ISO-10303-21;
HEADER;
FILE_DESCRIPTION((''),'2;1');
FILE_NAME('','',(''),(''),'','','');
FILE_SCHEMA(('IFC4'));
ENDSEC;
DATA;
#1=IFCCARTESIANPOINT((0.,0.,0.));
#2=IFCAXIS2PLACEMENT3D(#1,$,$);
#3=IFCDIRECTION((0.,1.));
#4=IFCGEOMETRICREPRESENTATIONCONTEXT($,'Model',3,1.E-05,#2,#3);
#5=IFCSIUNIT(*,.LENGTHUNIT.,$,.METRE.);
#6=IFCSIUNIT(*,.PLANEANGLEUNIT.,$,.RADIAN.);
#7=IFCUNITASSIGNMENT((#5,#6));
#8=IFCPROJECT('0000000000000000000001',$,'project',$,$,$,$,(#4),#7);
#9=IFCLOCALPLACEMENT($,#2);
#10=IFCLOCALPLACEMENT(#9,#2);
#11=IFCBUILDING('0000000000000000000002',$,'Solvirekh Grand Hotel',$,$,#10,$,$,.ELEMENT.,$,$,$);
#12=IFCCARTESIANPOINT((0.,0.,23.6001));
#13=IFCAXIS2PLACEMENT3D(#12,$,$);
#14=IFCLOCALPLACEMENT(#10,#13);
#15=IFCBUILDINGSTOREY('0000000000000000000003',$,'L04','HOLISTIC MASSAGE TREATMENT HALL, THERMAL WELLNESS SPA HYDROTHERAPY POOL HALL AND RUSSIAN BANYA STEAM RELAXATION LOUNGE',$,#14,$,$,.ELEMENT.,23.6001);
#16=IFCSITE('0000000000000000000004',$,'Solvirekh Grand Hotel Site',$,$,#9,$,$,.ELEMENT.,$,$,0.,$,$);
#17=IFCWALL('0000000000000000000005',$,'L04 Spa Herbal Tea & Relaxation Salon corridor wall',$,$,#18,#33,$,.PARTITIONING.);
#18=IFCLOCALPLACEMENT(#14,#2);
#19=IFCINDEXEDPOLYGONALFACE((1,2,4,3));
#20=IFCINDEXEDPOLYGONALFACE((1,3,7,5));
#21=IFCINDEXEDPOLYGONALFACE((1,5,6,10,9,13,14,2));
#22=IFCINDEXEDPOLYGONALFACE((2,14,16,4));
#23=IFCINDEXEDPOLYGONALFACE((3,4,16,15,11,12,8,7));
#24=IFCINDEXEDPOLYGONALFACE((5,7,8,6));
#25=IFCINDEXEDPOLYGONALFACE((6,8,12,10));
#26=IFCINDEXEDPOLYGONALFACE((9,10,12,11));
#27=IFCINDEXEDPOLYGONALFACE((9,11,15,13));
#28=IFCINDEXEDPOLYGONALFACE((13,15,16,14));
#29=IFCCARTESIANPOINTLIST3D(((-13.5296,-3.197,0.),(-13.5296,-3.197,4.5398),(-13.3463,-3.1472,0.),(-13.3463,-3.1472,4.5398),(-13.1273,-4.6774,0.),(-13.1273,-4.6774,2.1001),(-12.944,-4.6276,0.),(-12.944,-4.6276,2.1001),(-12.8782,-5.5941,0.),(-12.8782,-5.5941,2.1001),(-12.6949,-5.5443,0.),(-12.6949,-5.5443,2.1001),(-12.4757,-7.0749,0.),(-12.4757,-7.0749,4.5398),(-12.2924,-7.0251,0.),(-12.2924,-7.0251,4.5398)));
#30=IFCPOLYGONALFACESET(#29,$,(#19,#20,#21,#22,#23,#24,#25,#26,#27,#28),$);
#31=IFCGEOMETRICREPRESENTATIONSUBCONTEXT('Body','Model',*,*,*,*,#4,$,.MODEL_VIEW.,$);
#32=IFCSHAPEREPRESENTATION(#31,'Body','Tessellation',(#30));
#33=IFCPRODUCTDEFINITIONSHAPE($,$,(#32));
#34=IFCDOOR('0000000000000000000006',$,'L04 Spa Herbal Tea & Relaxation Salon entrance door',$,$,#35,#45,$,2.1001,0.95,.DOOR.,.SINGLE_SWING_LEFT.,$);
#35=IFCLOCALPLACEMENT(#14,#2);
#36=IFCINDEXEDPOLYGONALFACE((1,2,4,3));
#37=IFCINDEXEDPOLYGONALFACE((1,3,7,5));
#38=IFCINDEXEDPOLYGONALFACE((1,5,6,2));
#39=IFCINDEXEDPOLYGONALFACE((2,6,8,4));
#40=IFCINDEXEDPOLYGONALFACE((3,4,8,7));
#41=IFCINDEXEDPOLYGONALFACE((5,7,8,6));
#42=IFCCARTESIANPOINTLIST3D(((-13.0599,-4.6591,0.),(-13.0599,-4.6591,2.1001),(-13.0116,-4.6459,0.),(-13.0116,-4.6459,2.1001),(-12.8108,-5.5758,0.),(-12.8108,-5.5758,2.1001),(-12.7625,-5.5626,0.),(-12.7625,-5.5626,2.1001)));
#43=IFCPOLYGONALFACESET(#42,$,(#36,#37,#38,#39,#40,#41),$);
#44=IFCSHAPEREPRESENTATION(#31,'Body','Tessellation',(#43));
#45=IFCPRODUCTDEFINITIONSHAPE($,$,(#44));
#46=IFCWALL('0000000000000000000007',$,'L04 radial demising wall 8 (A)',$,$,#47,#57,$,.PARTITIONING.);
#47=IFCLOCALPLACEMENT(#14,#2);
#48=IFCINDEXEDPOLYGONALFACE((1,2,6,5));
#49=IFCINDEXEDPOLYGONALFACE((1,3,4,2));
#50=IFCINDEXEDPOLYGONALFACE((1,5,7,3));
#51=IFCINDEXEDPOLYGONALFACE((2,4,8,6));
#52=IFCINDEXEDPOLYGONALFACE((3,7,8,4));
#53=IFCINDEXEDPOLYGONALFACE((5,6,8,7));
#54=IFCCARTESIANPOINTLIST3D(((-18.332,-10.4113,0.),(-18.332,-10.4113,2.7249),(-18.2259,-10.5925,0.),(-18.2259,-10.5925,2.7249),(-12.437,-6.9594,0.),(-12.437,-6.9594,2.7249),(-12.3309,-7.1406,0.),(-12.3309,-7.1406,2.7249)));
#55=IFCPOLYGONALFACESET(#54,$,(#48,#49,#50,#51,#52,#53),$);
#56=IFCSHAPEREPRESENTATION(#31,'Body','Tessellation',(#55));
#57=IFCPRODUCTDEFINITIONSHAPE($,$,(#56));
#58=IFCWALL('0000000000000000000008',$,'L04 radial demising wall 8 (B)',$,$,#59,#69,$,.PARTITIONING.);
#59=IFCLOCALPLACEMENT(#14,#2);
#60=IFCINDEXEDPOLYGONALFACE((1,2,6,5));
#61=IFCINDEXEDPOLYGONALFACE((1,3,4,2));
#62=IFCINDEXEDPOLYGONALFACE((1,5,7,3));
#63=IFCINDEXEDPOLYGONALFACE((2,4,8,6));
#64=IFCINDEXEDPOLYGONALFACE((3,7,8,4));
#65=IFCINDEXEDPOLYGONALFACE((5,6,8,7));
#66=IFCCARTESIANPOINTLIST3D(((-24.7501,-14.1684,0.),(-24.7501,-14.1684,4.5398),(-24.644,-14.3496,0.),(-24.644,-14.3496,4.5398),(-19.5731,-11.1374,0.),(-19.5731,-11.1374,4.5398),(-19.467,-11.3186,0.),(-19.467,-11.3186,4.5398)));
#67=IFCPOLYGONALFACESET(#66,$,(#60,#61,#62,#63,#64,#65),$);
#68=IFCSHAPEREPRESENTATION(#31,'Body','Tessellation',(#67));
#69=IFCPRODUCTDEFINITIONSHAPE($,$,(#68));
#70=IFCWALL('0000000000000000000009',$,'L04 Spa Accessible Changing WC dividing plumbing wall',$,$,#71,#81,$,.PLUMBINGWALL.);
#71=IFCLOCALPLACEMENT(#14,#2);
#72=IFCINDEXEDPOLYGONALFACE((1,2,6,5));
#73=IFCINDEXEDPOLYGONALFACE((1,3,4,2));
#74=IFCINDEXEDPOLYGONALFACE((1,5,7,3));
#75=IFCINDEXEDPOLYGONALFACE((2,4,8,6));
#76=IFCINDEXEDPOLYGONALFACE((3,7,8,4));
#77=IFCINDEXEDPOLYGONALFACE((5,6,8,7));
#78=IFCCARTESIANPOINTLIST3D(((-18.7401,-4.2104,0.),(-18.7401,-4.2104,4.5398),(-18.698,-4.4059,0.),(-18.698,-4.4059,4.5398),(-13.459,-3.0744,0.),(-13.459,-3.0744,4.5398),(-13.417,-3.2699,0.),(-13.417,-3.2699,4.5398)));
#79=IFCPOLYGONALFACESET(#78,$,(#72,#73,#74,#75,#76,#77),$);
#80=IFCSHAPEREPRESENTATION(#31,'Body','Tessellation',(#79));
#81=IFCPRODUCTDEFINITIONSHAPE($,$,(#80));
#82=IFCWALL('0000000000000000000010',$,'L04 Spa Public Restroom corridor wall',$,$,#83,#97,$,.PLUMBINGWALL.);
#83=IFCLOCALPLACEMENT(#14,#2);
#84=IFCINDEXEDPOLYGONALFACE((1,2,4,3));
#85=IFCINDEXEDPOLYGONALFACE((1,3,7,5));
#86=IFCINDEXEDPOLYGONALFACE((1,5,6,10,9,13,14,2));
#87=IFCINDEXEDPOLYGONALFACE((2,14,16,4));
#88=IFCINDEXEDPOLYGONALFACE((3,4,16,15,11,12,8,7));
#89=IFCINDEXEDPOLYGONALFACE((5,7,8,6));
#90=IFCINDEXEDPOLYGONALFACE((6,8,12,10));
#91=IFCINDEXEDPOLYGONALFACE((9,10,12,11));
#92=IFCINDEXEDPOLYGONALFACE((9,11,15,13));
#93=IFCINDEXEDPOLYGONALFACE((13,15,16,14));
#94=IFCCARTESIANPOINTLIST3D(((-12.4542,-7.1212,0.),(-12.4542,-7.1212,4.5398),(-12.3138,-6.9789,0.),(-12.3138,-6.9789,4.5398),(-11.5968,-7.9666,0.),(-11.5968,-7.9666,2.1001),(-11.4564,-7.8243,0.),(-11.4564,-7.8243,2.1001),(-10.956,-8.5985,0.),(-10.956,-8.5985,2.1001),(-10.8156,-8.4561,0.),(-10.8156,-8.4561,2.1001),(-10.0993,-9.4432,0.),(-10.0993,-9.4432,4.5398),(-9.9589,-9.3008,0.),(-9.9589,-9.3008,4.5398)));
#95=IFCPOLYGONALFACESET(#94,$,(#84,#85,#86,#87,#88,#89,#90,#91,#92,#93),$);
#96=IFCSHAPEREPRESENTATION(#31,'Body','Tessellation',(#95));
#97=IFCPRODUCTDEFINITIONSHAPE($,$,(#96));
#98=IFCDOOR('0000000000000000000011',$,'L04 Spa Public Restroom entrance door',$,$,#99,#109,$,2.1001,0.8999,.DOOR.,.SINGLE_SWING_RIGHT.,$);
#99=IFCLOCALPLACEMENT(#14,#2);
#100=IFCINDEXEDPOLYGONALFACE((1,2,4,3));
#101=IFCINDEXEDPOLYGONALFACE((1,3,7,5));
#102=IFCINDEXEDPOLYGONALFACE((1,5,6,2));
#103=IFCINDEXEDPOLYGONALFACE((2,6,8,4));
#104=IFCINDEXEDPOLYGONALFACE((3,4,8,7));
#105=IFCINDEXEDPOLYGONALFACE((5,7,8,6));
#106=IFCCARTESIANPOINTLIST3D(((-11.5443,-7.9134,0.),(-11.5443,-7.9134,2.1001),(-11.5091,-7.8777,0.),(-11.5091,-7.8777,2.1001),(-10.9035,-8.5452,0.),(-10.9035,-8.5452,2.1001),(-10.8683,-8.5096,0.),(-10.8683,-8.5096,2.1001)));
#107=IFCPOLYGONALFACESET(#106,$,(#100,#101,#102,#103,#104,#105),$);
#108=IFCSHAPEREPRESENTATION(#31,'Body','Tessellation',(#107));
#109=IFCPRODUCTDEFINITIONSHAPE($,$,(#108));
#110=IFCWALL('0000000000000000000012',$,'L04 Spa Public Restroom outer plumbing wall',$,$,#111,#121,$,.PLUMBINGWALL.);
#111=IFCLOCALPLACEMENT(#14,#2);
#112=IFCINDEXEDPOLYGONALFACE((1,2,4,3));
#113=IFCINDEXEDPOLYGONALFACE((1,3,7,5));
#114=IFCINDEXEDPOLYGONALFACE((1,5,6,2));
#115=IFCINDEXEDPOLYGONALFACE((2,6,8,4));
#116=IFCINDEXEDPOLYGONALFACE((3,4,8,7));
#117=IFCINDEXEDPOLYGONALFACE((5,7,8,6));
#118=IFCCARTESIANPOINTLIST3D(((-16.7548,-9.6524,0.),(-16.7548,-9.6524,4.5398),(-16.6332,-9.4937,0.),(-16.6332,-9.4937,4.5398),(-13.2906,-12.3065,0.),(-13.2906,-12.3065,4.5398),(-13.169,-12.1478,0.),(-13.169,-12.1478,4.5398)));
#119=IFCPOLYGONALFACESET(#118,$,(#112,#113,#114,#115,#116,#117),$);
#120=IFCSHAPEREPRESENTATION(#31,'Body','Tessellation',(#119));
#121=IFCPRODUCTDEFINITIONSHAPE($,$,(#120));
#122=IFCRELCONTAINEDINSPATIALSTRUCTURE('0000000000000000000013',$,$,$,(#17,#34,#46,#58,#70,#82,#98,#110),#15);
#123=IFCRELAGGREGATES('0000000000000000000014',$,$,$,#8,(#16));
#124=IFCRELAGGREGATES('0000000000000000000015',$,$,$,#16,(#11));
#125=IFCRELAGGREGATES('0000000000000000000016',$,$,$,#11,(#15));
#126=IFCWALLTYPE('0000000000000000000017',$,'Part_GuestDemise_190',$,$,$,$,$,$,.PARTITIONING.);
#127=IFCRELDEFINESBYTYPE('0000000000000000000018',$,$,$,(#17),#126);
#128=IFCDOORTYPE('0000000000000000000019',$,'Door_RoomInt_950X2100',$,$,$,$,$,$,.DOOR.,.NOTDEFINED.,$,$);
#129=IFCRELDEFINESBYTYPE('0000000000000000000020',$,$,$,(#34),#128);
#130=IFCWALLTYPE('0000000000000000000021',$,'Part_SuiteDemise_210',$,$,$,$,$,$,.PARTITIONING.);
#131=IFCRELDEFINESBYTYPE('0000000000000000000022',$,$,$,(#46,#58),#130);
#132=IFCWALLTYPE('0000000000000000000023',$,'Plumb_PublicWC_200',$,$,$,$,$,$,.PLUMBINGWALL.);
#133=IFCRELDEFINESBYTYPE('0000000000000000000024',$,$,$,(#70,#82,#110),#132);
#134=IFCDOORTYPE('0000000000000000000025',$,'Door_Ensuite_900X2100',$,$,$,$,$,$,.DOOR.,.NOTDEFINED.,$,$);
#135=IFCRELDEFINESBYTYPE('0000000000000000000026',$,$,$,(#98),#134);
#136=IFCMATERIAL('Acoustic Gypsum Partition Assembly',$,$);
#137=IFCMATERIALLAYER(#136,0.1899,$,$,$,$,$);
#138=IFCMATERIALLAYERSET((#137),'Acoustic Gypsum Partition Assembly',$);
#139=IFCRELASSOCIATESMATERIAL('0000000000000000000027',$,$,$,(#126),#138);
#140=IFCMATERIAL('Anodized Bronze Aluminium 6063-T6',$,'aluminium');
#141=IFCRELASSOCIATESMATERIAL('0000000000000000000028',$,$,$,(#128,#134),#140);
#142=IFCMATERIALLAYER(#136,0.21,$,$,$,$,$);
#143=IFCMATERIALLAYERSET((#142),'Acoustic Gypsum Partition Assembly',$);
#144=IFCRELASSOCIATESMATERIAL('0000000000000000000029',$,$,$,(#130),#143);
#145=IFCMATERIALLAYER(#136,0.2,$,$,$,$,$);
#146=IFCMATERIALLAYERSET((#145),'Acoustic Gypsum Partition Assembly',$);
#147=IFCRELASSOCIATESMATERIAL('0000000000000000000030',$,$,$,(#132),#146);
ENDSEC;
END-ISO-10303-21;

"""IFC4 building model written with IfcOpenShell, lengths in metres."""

from ifc_helpers import new_model, si_unit, direction, frame, frame_2d, origin, place, context, subcontext, project, spatial, rectangle, extrude, material, layer, layer_set, type_object, element, fill, save


model = new_model("IFC4")

# Units and contexts
model_context = context("Model", 3, precision=1e-05, world=origin(), true_north=direction((0.0, 1.0)))
body_context = subcontext(model_context, "Body", "Model", "MODEL_VIEW")
ifc_project = project(units=[si_unit("LENGTHUNIT", "METRE"), si_unit("PLANEANGLEUNIT", "RADIAN")], contexts=[model_context])

# Site, building, storey
site_placement = place(None, origin())
site = spatial("IfcSite", under=ifc_project, at=site_placement, Name="Solvirekh Grand Hotel Site", CompositionType="ELEMENT", RefElevation=0.0)
building_placement = place(site_placement, origin())
building = spatial("IfcBuilding", under=site, at=building_placement, Name="Solvirekh Grand Hotel", CompositionType="ELEMENT")
storey_placement = place(building_placement, frame((0.0, 0.0, 23.6001)))
storey = spatial("IfcBuildingStorey", under=building, at=storey_placement, Name="L04", Description="HOLISTIC MASSAGE TREATMENT HALL, THERMAL WELLNESS SPA HYDROTHERAPY POOL HALL AND RUSSIAN BANYA STEAM RELAXATION LOUNGE", CompositionType="ELEMENT", Elevation=23.6001)

# Shared definitions
ifc_material_1 = material(Name="Anodized Bronze Aluminium 6063-T6", Category="aluminium")

# Wall, opening, door
ifc_material_2 = material(Name="Acoustic Gypsum Partition Assembly")
ifc_layer_1 = layer(ifc_material_2, 0.1899)
ifc_layer_set_1 = layer_set([ifc_layer_1], Name="Acoustic Gypsum Partition Assembly")
wall_type_1 = type_object("IfcWallType", Name="Part_GuestDemise_190", PredefinedType="PARTITIONING", material=ifc_layer_set_1)
wall_1_placement = place(storey_placement, frame((-13.438, -3.1721, 0.0), z_axis=(0.0, 0.0, 1.0), x_axis=(0.262269, -0.964995, 0.0)))
wall_1 = element("IfcWall", 1, at=wall_1_placement, inside=storey, type_object=wall_type_1, Name="L04 Spa Herbal Tea & Relaxation Salon corridor wall", PredefinedType="PARTITIONING", context=body_context, shape_type="SweptSolid", body=[
    extrude(rectangle(XDim=4.0186, YDim=0.1899, at=frame_2d((2.0093, 0.0))), origin(), (0.0, 0.0, 1.0), 4.5398),
])
opening_1_placement = place(wall_1_placement, frame((1.5339, 0.0, 0.0)))
opening_1 = element("IfcOpeningElement", 2, at=opening_1_placement, cuts=wall_1, PredefinedType="OPENING", context=body_context, shape_type="SweptSolid", body=[
    extrude(rectangle(XDim=0.95, YDim=2.1001, at=frame_2d((0.4751, 1.05))), frame((0.0, 0.105, 0.0), z_axis=(0.0, -1.0, 0.0), x_axis=(1.0, 0.0, 0.0)), (0.0, 0.0, 1.0), 0.21),
])
door_type_1 = type_object("IfcDoorType", Name="Door_RoomInt_950X2100", OperationType="NOTDEFINED", PredefinedType="DOOR", material=ifc_material_1)
door_1_placement = place(opening_1_placement, origin())
door_1 = element("IfcDoor", 3, at=door_1_placement, inside=storey, type_object=door_type_1, Name="L04 Spa Herbal Tea & Relaxation Salon entrance door", OperationType="SINGLE_SWING_LEFT", OverallHeight=2.1001, OverallWidth=0.95, PredefinedType="DOOR", context=body_context, shape_type="SweptSolid", body=[
    extrude(rectangle(XDim=0.95, YDim=2.1001, at=frame_2d((0.4751, 1.05))), frame((0.0, 0.0249, 0.0), z_axis=(0.0, -1.0, 0.0), x_axis=(1.0, 0.0, 0.0)), (0.0, 0.0, 1.0), 0.05),
])
fill(opening_1, door_1)

# Walls
ifc_layer_2 = layer(ifc_material_2, 0.21)
ifc_layer_set_2 = layer_set([ifc_layer_2], Name="Acoustic Gypsum Partition Assembly")
wall_type_2 = type_object("IfcWallType", Name="Part_SuiteDemise_210", PredefinedType="PARTITIONING", material=ifc_layer_set_2)
wall_2_placement = place(storey_placement, frame((-12.384, -7.05, 0.0), z_axis=(0.0, 0.0, 1.0), x_axis=(-0.86294, -0.505306, 0.0)))
element("IfcWall", 4, at=wall_2_placement, inside=storey, type_object=wall_type_2, Name="L04 radial demising wall 8 (A)", PredefinedType="PARTITIONING", context=body_context, shape_type="SweptSolid", body=[
    extrude(rectangle(XDim=6.8313, YDim=0.21, at=frame_2d((3.4155, 0.0))), origin(), (0.0, 0.0, 1.0), 2.7249),
])
wall_3_placement = place(storey_placement, frame((-19.52, -11.228, 0.0), z_axis=(0.0, 0.0, 1.0), x_axis=(-0.862973, -0.505249, 0.0)))
element("IfcWall", 5, at=wall_3_placement, inside=storey, type_object=wall_type_2, Name="L04 radial demising wall 8 (B)", PredefinedType="PARTITIONING", context=body_context, shape_type="SweptSolid", body=[
    extrude(rectangle(XDim=5.999, YDim=0.21, at=frame_2d((2.9995, 0.0))), origin(), (0.0, 0.0, 1.0), 4.5398),
])
ifc_layer_3 = layer(ifc_material_2, 0.2)
ifc_layer_set_3 = layer_set([ifc_layer_3], Name="Acoustic Gypsum Partition Assembly")
wall_type_3 = type_object("IfcWallType", Name="Plumb_PublicWC_200", PredefinedType="PLUMBINGWALL", material=ifc_layer_set_3)
wall_4_placement = place(storey_placement, frame((-13.438, -3.1721, 0.0), z_axis=(0.0, 0.0, 1.0), x_axis=(-0.977637, -0.210298, 0.0)))
element("IfcWall", 6, at=wall_4_placement, inside=storey, type_object=wall_type_3, Name="L04 Spa Accessible Changing WC dividing plumbing wall", PredefinedType="PLUMBINGWALL", context=body_context, shape_type="SweptSolid", body=[
    extrude(rectangle(XDim=5.4019, YDim=0.2, at=frame_2d((2.7009, 0.0))), origin(), (0.0, 0.0, 1.0), 4.5398),
])

# Wall, opening, door
wall_5_placement = place(storey_placement, frame((-12.384, -7.05, 0.0), z_axis=(0.0, 0.0, 1.0), x_axis=(0.712072, -0.702106, 0.0)))
wall_5 = element("IfcWall", 7, at=wall_5_placement, inside=storey, type_object=wall_type_3, Name="L04 Spa Public Restroom corridor wall", PredefinedType="PLUMBINGWALL", context=body_context, shape_type="SweptSolid", body=[
    extrude(rectangle(XDim=3.3071, YDim=0.2, at=frame_2d((1.6536, 0.0))), origin(), (0.0, 0.0, 1.0), 4.5398),
])
opening_2_placement = place(wall_5_placement, frame((1.2041, 0.0, 0.0)))
opening_2 = element("IfcOpeningElement", 8, at=opening_2_placement, cuts=wall_5, PredefinedType="OPENING", context=body_context, shape_type="SweptSolid", body=[
    extrude(rectangle(XDim=0.8999, YDim=2.1001, at=frame_2d((0.45, 1.05))), frame((0.0, 0.1099, 0.0), z_axis=(0.0, -1.0, 0.0), x_axis=(1.0, 0.0, 0.0)), (0.0, 0.0, 1.0), 0.22),
])
door_type_2 = type_object("IfcDoorType", Name="Door_Ensuite_900X2100", OperationType="NOTDEFINED", PredefinedType="DOOR", material=ifc_material_1)
door_2_placement = place(opening_2_placement, origin())
door_2 = element("IfcDoor", 9, at=door_2_placement, inside=storey, type_object=door_type_2, Name="L04 Spa Public Restroom entrance door", OperationType="SINGLE_SWING_RIGHT", OverallHeight=2.1001, OverallWidth=0.8999, PredefinedType="DOOR", context=body_context, shape_type="SweptSolid", body=[
    extrude(rectangle(XDim=0.8999, YDim=2.1001, at=frame_2d((0.45, 1.05))), frame((0.0, 0.0249, 0.0), z_axis=(0.0, -1.0, 0.0), x_axis=(1.0, 0.0, 0.0)), (0.0, 0.0, 1.0), 0.05),
])
fill(opening_2, door_2)

# Wall
wall_6_placement = place(storey_placement, frame((-16.6941, -9.573, 0.0), z_axis=(0.0, 0.0, 1.0), x_axis=(0.793802, -0.608177, 0.0)))
element("IfcWall", 10, at=wall_6_placement, inside=storey, type_object=wall_type_3, Name="L04 Spa Public Restroom outer plumbing wall", PredefinedType="PLUMBINGWALL", context=body_context, shape_type="SweptSolid", body=[
    extrude(rectangle(XDim=4.364, YDim=0.2, at=frame_2d((2.1821, 0.0))), origin(), (0.0, 0.0, 1.0), 4.5398),
])

save(model, "model.ifc")
